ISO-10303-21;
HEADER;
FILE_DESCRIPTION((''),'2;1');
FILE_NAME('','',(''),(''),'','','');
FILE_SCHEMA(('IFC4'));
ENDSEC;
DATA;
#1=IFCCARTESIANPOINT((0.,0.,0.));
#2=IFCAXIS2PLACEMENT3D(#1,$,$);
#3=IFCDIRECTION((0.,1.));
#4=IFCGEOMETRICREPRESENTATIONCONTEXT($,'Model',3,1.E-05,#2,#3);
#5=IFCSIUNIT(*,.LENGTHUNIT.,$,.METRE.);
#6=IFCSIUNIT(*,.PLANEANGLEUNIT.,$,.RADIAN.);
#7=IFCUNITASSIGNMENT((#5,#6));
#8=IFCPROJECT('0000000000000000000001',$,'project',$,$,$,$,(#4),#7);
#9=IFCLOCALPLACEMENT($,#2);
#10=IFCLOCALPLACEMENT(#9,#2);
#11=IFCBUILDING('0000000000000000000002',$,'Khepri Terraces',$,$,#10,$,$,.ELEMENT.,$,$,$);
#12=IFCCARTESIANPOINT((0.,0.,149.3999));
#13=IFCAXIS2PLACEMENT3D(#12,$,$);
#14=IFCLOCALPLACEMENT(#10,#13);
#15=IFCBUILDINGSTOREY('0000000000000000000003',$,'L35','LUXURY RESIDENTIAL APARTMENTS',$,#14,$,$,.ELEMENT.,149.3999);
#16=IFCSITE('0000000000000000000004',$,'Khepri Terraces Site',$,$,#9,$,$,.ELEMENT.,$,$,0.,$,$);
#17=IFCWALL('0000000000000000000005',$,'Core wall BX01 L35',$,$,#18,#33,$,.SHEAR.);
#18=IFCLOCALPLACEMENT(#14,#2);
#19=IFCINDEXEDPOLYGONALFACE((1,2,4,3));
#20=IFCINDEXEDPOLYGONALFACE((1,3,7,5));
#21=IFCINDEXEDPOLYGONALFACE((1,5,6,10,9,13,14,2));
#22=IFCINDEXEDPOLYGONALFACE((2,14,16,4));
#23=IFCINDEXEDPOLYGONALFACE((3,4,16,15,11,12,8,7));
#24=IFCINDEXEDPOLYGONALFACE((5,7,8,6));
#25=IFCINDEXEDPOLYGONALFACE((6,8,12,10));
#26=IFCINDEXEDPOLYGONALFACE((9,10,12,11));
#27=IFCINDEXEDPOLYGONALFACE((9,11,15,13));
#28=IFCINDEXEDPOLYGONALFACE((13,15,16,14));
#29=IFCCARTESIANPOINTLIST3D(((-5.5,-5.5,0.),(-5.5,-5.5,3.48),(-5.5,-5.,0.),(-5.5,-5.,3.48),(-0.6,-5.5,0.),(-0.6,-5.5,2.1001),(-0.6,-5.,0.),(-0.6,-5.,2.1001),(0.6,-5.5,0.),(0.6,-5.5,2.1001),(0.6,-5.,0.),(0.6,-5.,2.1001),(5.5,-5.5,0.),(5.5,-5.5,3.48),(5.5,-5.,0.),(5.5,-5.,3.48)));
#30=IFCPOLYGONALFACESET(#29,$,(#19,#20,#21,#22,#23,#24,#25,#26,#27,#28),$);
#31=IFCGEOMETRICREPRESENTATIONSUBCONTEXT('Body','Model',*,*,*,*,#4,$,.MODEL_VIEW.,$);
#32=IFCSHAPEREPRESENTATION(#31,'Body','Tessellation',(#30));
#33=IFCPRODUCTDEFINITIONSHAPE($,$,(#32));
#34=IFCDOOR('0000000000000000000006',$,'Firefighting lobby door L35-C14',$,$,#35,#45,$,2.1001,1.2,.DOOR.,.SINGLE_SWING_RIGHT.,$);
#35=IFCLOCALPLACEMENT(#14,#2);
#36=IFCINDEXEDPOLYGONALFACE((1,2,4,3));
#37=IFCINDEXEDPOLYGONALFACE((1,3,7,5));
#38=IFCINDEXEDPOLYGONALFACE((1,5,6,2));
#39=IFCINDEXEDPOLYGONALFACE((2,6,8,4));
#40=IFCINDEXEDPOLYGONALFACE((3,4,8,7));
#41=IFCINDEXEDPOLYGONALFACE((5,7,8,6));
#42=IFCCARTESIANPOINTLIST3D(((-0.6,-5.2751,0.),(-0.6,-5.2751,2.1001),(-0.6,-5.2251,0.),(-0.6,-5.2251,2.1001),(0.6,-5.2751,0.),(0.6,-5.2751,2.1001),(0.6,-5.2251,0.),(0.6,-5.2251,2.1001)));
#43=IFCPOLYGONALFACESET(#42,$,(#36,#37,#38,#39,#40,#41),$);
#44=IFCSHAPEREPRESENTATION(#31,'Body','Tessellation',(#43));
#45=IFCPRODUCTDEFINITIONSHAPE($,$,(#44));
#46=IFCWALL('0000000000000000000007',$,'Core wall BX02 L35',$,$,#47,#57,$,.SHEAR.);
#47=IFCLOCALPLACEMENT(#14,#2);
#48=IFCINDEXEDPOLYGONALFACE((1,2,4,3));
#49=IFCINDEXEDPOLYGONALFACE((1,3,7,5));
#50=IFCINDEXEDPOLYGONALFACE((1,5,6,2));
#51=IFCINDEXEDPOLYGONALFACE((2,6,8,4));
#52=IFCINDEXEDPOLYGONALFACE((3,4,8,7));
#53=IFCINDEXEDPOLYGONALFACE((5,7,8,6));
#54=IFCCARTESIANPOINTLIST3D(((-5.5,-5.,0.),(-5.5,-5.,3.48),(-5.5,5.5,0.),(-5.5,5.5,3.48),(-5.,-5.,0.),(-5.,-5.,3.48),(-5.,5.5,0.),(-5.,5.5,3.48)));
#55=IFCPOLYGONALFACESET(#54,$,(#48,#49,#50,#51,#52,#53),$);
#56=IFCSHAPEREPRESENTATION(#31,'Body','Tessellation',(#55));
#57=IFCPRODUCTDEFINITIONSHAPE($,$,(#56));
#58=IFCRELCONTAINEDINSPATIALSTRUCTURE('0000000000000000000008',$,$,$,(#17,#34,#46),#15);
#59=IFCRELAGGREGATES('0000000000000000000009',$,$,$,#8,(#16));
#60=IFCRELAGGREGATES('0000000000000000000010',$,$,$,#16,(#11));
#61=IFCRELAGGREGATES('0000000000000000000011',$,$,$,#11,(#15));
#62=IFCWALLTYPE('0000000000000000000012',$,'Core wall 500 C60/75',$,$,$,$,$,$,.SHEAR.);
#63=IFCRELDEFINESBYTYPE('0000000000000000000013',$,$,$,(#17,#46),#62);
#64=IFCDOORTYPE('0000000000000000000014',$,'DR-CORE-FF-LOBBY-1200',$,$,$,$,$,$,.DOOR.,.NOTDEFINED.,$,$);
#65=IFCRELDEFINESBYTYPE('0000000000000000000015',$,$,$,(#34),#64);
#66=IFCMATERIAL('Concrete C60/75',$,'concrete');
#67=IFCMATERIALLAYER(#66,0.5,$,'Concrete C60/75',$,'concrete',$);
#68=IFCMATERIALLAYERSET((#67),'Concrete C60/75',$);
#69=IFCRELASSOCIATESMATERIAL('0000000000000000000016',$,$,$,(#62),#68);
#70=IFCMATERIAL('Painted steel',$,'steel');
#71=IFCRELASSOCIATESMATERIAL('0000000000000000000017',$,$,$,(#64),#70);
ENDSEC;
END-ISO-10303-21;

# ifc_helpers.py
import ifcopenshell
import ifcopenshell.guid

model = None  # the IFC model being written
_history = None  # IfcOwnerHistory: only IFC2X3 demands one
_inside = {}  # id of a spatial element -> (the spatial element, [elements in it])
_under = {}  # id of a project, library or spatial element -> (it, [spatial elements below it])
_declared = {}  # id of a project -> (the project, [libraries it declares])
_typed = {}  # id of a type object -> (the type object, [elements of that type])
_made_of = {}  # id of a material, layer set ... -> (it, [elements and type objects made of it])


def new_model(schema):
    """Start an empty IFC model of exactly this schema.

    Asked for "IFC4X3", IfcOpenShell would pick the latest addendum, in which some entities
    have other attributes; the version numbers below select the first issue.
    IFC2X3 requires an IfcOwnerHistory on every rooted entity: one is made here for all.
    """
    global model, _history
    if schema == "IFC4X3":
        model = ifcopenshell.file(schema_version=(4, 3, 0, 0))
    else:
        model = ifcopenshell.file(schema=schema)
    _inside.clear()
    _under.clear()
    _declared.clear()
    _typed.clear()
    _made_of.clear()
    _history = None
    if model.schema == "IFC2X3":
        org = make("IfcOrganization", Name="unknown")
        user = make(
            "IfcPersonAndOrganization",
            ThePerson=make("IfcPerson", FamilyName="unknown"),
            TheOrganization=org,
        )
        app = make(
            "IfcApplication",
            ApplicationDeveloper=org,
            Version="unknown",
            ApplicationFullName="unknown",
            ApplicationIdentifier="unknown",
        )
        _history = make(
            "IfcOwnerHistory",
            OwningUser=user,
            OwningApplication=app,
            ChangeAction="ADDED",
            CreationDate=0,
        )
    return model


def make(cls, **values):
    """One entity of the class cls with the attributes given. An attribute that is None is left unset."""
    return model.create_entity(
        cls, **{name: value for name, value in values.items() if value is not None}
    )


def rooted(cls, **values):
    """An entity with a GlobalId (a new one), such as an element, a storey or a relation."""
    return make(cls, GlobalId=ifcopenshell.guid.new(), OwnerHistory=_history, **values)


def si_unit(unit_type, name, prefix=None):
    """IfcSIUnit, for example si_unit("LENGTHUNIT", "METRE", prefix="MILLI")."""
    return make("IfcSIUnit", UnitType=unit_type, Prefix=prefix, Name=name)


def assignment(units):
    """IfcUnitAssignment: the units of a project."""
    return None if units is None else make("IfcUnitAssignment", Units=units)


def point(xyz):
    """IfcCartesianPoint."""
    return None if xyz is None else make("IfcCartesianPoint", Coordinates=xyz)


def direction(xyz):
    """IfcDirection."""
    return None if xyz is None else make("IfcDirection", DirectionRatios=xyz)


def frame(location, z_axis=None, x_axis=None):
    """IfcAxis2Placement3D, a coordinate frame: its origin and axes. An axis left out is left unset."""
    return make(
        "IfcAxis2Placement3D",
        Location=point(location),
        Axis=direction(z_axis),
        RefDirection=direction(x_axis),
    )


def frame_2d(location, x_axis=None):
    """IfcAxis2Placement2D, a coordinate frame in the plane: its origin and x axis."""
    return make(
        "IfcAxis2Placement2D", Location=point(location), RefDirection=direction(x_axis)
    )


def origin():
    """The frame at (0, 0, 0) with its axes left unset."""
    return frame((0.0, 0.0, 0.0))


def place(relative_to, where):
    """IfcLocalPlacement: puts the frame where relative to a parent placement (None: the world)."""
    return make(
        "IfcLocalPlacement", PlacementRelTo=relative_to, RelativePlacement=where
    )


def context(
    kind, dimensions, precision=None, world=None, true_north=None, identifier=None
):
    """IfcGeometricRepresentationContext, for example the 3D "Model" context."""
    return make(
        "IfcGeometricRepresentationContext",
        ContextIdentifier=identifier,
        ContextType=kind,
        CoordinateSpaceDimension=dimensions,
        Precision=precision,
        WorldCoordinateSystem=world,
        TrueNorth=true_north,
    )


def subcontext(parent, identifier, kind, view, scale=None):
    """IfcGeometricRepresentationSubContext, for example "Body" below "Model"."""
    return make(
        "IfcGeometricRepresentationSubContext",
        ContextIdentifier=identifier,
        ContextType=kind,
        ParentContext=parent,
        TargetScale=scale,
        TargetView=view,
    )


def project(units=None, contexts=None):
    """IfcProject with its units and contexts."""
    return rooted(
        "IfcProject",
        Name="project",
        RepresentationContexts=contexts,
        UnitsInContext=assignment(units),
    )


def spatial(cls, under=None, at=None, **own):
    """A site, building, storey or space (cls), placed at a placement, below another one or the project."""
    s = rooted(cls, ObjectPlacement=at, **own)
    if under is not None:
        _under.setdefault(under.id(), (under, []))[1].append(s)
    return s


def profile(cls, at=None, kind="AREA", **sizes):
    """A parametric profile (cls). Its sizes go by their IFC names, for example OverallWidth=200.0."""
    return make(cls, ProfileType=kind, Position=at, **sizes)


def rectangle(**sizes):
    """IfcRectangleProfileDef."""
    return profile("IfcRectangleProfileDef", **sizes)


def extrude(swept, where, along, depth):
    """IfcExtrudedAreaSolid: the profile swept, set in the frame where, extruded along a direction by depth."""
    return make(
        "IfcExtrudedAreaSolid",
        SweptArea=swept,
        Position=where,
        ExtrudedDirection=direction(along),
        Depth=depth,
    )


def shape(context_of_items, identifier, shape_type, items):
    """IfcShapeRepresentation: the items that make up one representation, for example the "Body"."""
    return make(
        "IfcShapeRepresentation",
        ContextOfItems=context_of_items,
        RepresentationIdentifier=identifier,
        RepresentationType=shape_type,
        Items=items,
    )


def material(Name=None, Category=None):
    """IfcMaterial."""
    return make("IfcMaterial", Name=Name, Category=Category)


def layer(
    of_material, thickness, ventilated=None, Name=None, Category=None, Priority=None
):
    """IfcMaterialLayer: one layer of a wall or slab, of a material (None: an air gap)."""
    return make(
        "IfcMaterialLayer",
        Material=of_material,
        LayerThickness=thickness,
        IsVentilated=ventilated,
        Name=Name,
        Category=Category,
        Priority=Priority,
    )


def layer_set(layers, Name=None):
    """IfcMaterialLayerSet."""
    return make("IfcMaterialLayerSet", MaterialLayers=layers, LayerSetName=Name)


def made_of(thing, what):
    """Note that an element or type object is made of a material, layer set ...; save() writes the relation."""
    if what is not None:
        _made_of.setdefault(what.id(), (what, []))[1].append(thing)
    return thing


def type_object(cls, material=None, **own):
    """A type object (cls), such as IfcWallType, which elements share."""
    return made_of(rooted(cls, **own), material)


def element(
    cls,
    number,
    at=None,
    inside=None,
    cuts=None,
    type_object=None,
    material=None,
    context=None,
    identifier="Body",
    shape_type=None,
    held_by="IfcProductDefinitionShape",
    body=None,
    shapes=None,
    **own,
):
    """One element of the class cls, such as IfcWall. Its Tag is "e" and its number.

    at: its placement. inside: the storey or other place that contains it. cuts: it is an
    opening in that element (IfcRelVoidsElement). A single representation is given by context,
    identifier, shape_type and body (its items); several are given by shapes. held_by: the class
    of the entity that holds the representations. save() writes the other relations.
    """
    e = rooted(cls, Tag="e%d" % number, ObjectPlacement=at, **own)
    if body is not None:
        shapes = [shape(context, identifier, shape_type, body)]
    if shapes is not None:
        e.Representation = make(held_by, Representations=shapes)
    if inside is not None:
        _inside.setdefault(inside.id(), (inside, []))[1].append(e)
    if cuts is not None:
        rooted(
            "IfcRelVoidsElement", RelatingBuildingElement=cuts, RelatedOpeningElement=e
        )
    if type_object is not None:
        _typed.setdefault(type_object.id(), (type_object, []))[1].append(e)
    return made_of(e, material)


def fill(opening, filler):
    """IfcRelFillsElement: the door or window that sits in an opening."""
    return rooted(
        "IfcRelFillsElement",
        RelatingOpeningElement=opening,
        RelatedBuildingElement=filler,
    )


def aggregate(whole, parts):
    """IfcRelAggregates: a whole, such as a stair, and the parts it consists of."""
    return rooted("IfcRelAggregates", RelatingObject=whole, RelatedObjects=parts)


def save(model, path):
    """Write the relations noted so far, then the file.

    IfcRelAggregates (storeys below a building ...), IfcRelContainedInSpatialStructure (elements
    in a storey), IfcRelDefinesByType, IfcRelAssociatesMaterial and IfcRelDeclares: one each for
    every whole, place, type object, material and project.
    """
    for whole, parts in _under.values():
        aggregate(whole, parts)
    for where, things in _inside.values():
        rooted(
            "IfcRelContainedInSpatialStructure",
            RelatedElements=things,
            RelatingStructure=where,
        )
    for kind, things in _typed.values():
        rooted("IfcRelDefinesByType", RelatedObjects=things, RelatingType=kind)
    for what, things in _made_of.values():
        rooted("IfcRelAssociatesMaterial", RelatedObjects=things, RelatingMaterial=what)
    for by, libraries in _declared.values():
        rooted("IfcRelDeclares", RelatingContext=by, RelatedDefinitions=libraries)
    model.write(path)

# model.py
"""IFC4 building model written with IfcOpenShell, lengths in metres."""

from ifc_helpers import new_model, si_unit, direction, frame, frame_2d, origin, place, context, subcontext, project, spatial, rectangle, extrude, material, layer, layer_set, type_object, element, fill, save


model = new_model("IFC4")

# Units and contexts
model_context = context("Model", 3, precision=1e-05, world=origin(), true_north=direction((0.0, 1.0)))
body_context = subcontext(model_context, "Body", "Model", "MODEL_VIEW")
ifc_project = project(units=[si_unit("LENGTHUNIT", "METRE"), si_unit("PLANEANGLEUNIT", "RADIAN")], contexts=[model_context])

# Site, building, storey
site_placement = place(None, origin())
site = spatial("IfcSite", under=ifc_project, at=site_placement, Name="Khepri Terraces Site", CompositionType="ELEMENT", RefElevation=0.0)
building_placement = place(site_placement, origin())
building = spatial("IfcBuilding", under=site, at=building_placement, Name="Khepri Terraces", CompositionType="ELEMENT")
storey_placement = place(building_placement, frame((0.0, 0.0, 149.3999)))
storey = spatial("IfcBuildingStorey", under=building, at=storey_placement, Name="L35", Description="LUXURY RESIDENTIAL APARTMENTS", CompositionType="ELEMENT", Elevation=149.3999)

# Shared definitions
ifc_material_1 = material(Name="Concrete C60/75", Category="concrete")

# Shared definitions
ifc_material_2 = material(Name="Painted steel", Category="steel")

# Wall, opening, door
ifc_layer_1 = layer(ifc_material_1, 0.5, Name="Concrete C60/75", Category="concrete")
ifc_layer_set_1 = layer_set([ifc_layer_1], Name="Concrete C60/75")
wall_type_1 = type_object("IfcWallType", Name="Core wall 500 C60/75", PredefinedType="SHEAR", material=ifc_layer_set_1)
wall_1_placement = place(storey_placement, frame((-5.5, -5.25, 0.0), z_axis=(0.0, 0.0, 1.0), x_axis=(1.0, 0.0, 0.0)))
wall_1 = element("IfcWall", 1, at=wall_1_placement, inside=storey, type_object=wall_type_1, Name="Core wall BX01 L35", PredefinedType="SHEAR", context=body_context, shape_type="SweptSolid", body=[
    extrude(rectangle(XDim=11.0, YDim=0.5, at=frame_2d((5.5, 0.0))), origin(), (0.0, 0.0, 1.0), 3.48),
])
opening_1_placement = place(wall_1_placement, frame((4.8999, 0.0, 0.0)))
opening_1 = element("IfcOpeningElement", 2, at=opening_1_placement, cuts=wall_1, PredefinedType="OPENING", context=body_context, shape_type="SweptSolid", body=[
    extrude(rectangle(XDim=1.2, YDim=2.1001, at=frame_2d((0.6001, 1.05))), frame((0.0, 0.26, 0.0), z_axis=(0.0, -1.0, 0.0), x_axis=(1.0, 0.0, 0.0)), (0.0, 0.0, 1.0), 0.52),
])
door_type_1 = type_object("IfcDoorType", Name="DR-CORE-FF-LOBBY-1200", OperationType="NOTDEFINED", PredefinedType="DOOR", material=ifc_material_2)
door_1_placement = place(opening_1_placement, origin())
door_1 = element("IfcDoor", 3, at=door_1_placement, inside=storey, type_object=door_type_1, Name="Firefighting lobby door L35-C14", OperationType="SINGLE_SWING_RIGHT", OverallHeight=2.1001, OverallWidth=1.2, PredefinedType="DOOR", context=body_context, shape_type="SweptSolid", body=[
    extrude(rectangle(XDim=1.2, YDim=2.1001, at=frame_2d((0.6001, 1.05))), frame((0.0, 0.0249, 0.0), z_axis=(0.0, -1.0, 0.0), x_axis=(1.0, 0.0, 0.0)), (0.0, 0.0, 1.0), 0.05),
])
fill(opening_1, door_1)

# Wall
wall_2_placement = place(storey_placement, frame((-5.25, -5.0, 0.0), z_axis=(0.0, 0.0, 1.0), x_axis=(0.0, 1.0, 0.0)))
element("IfcWall", 4, at=wall_2_placement, inside=storey, type_object=wall_type_1, Name="Core wall BX02 L35", PredefinedType="SHEAR", context=body_context, shape_type="SweptSolid", body=[
    extrude(rectangle(XDim=10.5, YDim=0.5, at=frame_2d((5.25, 0.0))), origin(), (0.0, 0.0, 1.0), 3.48),
])

save(model, "model.ifc")
